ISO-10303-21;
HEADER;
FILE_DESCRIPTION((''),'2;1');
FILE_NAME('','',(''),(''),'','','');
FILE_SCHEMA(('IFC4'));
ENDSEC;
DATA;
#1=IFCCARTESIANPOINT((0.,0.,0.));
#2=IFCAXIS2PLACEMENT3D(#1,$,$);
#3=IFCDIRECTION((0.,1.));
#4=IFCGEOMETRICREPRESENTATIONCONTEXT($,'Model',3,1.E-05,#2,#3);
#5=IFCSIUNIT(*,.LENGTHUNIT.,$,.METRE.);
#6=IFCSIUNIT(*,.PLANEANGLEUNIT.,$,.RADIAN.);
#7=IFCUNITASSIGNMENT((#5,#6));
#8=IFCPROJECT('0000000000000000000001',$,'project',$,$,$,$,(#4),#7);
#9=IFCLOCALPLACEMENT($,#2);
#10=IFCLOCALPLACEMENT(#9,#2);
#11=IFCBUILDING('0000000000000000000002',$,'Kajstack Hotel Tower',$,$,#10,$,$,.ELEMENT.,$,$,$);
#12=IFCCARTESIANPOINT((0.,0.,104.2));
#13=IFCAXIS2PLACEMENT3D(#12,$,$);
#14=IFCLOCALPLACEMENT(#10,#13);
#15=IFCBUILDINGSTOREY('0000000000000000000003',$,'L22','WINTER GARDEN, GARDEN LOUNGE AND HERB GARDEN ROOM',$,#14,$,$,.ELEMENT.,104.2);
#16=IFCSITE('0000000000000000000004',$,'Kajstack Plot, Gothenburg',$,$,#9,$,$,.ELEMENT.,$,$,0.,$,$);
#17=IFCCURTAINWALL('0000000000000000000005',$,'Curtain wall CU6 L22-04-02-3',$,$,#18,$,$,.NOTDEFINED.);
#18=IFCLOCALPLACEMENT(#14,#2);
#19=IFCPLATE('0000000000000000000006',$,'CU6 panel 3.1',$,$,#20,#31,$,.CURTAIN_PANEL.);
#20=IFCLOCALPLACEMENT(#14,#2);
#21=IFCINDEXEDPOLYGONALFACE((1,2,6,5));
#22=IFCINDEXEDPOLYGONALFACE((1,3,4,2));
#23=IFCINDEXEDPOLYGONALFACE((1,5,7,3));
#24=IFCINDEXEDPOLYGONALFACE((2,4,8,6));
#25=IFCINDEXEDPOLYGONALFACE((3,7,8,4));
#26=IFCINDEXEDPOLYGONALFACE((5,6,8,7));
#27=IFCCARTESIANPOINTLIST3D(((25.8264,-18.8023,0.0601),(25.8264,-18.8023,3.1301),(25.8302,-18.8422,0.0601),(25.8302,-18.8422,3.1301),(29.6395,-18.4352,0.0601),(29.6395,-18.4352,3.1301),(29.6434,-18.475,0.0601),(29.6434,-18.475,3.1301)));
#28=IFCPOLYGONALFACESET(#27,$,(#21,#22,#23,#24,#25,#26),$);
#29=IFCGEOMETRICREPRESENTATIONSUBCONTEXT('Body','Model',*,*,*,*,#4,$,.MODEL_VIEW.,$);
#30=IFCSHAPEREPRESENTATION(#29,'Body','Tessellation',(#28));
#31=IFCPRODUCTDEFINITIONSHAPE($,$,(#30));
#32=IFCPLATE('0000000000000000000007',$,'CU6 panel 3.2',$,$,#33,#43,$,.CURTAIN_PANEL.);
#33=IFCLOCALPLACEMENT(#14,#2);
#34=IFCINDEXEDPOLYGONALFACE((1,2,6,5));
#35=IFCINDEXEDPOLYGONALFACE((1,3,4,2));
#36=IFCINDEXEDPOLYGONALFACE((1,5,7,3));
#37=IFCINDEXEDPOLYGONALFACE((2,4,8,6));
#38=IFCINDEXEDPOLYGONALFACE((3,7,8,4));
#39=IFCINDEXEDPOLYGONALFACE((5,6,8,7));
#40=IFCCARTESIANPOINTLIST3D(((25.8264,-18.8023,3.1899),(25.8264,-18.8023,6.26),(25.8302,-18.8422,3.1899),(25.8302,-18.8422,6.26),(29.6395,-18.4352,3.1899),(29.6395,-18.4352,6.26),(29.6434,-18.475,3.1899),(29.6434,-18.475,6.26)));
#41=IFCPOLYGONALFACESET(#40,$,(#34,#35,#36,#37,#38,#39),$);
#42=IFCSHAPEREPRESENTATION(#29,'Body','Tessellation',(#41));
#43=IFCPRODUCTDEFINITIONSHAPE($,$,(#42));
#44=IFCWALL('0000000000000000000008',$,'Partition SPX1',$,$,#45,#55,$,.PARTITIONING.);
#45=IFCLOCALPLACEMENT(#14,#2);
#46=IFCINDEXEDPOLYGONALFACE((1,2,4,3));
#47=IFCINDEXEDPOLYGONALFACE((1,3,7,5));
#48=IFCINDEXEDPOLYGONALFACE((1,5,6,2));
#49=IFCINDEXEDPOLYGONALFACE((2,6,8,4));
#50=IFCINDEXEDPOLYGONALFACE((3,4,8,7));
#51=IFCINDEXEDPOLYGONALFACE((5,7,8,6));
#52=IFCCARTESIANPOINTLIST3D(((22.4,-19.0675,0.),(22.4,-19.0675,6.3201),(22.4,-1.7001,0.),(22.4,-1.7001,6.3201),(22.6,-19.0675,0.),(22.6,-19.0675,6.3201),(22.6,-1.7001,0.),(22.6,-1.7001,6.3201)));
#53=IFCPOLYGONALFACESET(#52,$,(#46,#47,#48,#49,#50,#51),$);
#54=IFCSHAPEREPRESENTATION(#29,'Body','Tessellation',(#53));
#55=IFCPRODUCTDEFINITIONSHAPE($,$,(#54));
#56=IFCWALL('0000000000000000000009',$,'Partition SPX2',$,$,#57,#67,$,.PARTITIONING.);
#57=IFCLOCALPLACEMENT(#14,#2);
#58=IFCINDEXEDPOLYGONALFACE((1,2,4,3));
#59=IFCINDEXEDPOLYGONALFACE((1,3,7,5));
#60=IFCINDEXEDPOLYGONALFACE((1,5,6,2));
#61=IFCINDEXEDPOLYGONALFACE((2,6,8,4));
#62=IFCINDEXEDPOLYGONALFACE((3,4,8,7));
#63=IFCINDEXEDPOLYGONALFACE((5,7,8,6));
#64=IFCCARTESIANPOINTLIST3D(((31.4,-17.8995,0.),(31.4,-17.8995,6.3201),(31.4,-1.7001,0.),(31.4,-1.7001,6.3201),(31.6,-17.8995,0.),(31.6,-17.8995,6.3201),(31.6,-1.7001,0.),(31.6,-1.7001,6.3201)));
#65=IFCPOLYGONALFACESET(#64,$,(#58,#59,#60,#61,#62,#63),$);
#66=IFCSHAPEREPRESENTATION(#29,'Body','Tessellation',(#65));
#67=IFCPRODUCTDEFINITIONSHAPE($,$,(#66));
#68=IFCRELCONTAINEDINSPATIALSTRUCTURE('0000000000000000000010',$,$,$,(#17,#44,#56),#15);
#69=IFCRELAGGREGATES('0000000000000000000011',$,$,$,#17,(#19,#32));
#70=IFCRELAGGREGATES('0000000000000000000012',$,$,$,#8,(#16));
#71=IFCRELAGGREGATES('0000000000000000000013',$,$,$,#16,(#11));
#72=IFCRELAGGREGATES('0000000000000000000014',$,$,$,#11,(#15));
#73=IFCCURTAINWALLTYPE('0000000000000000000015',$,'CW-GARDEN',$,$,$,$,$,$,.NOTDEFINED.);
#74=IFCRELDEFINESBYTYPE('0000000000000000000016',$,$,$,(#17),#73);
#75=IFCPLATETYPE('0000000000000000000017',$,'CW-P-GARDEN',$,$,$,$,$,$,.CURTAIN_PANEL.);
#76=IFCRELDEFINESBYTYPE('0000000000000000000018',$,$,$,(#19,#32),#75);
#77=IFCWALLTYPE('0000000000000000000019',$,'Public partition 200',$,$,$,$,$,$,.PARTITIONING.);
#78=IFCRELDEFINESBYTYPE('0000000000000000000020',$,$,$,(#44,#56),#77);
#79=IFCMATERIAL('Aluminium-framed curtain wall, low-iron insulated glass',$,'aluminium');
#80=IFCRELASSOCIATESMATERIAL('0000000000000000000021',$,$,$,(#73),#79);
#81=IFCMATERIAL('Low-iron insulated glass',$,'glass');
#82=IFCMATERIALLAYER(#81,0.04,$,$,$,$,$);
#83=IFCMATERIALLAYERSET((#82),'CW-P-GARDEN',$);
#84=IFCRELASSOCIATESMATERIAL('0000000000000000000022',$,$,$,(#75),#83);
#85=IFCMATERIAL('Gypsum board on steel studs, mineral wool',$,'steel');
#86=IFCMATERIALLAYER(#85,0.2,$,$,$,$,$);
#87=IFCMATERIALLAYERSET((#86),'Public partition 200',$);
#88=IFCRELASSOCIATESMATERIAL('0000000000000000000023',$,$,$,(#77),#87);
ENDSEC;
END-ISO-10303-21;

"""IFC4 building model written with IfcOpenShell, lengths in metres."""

from ifc_helpers import new_model, si_unit, direction, frame, frame_2d, origin, origin_2d, place, context, subcontext, project, spatial, rectangle, extrude, material, layer, layer_set, type_object, element, aggregate, save


model = new_model("IFC4")

# Units and contexts
model_context = context("Model", 3, precision=1e-05, world=origin(), true_north=direction((0.0, 1.0)))
body_context = subcontext(model_context, "Body", "Model", "MODEL_VIEW")
ifc_project = project(units=[si_unit("LENGTHUNIT", "METRE"), si_unit("PLANEANGLEUNIT", "RADIAN")], contexts=[model_context])

# Site, building, storey
site_placement = place(None, origin())
site = spatial("IfcSite", under=ifc_project, at=site_placement, Name="Kajstack Plot, Gothenburg", CompositionType="ELEMENT", RefElevation=0.0)
building_placement = place(site_placement, origin())
building = spatial("IfcBuilding", under=site, at=building_placement, Name="Kajstack Hotel Tower", CompositionType="ELEMENT")
storey_placement = place(building_placement, frame((0.0, 0.0, 104.2)))
storey = spatial("IfcBuildingStorey", under=building, at=storey_placement, Name="L22", Description="WINTER GARDEN, GARDEN LOUNGE AND HERB GARDEN ROOM", CompositionType="ELEMENT", Elevation=104.2)

# Shared definitions
ifc_material_1 = material(Name="Aluminium-framed curtain wall, low-iron insulated glass", Category="aluminium")
curtain_wall_type = type_object("IfcCurtainWallType", Name="CW-GARDEN", PredefinedType="NOTDEFINED", material=ifc_material_1)

# Curtain wall
curtain_wall_1_placement = place(storey_placement, origin())
curtain_wall_1 = element("IfcCurtainWall", 1, at=curtain_wall_1_placement, inside=storey, type_object=curtain_wall_type, Name="Curtain wall CU6 L22-04-02-3", PredefinedType="NOTDEFINED")

# Plates
ifc_material_2 = material(Name="Low-iron insulated glass", Category="glass")
ifc_layer_1 = layer(ifc_material_2, 0.04)
ifc_layer_set_1 = layer_set([ifc_layer_1], Name="CW-P-GARDEN")
plate_type = type_object("IfcPlateType", Name="CW-P-GARDEN", PredefinedType="CURTAIN_PANEL", material=ifc_layer_set_1)
plate_1_placement = place(storey_placement, frame((27.7349, -18.6387, 0.0601), z_axis=(0.0, 0.0, 1.0), x_axis=(0.995396, 0.095846, 0.0)))
plate_1 = element("IfcPlate", 2, at=plate_1_placement, type_object=plate_type, Name="CU6 panel 3.1", PredefinedType="CURTAIN_PANEL", context=body_context, shape_type="SweptSolid", body=[
    extrude(rectangle(XDim=3.8308, YDim=0.04, at=origin_2d()), origin(), (0.0, 0.0, 1.0), 3.0701),
])
plate_2_placement = place(storey_placement, frame((27.7349, -18.6387, 3.1899), z_axis=(0.0, 0.0, 1.0), x_axis=(0.995396, 0.095846, 0.0)))
plate_2 = element("IfcPlate", 3, at=plate_2_placement, type_object=plate_type, Name="CU6 panel 3.2", PredefinedType="CURTAIN_PANEL", context=body_context, shape_type="SweptSolid", body=[
    extrude(rectangle(XDim=3.8308, YDim=0.04, at=origin_2d()), origin(), (0.0, 0.0, 1.0), 3.0701),
])
aggregate(curtain_wall_1, [plate_1, plate_2])

# Walls
ifc_material_3 = material(Name="Gypsum board on steel studs, mineral wool", Category="steel")
ifc_layer_2 = layer(ifc_material_3, 0.2)
ifc_layer_set_2 = layer_set([ifc_layer_2], Name="Public partition 200")
wall_type_1 = type_object("IfcWallType", Name="Public partition 200", PredefinedType="PARTITIONING", material=ifc_layer_set_2)
wall_1_placement = place(storey_placement, frame((22.5, -19.0674, 0.0), z_axis=(0.0, 0.0, 1.0), x_axis=(0.0, 1.0, 0.0)))
element("IfcWall", 4, at=wall_1_placement, inside=storey, type_object=wall_type_1, Name="Partition SPX1", PredefinedType="PARTITIONING", context=body_context, shape_type="SweptSolid", body=[
    extrude(rectangle(XDim=17.3674, YDim=0.2, at=frame_2d((8.6836, 0.0))), origin(), (0.0, 0.0, 1.0), 6.3201),
])
wall_2_placement = place(storey_placement, frame((31.5, -17.8994, 0.0), z_axis=(0.0, 0.0, 1.0), x_axis=(0.0, 1.0, 0.0)))
element("IfcWall", 5, at=wall_2_placement, inside=storey, type_object=wall_type_1, Name="Partition SPX2", PredefinedType="PARTITIONING", context=body_context, shape_type="SweptSolid", body=[
    extrude(rectangle(XDim=16.1995, YDim=0.2, at=frame_2d((8.0996, 0.0))), origin(), (0.0, 0.0, 1.0), 6.3201),
])

save(model, "model.ifc")
